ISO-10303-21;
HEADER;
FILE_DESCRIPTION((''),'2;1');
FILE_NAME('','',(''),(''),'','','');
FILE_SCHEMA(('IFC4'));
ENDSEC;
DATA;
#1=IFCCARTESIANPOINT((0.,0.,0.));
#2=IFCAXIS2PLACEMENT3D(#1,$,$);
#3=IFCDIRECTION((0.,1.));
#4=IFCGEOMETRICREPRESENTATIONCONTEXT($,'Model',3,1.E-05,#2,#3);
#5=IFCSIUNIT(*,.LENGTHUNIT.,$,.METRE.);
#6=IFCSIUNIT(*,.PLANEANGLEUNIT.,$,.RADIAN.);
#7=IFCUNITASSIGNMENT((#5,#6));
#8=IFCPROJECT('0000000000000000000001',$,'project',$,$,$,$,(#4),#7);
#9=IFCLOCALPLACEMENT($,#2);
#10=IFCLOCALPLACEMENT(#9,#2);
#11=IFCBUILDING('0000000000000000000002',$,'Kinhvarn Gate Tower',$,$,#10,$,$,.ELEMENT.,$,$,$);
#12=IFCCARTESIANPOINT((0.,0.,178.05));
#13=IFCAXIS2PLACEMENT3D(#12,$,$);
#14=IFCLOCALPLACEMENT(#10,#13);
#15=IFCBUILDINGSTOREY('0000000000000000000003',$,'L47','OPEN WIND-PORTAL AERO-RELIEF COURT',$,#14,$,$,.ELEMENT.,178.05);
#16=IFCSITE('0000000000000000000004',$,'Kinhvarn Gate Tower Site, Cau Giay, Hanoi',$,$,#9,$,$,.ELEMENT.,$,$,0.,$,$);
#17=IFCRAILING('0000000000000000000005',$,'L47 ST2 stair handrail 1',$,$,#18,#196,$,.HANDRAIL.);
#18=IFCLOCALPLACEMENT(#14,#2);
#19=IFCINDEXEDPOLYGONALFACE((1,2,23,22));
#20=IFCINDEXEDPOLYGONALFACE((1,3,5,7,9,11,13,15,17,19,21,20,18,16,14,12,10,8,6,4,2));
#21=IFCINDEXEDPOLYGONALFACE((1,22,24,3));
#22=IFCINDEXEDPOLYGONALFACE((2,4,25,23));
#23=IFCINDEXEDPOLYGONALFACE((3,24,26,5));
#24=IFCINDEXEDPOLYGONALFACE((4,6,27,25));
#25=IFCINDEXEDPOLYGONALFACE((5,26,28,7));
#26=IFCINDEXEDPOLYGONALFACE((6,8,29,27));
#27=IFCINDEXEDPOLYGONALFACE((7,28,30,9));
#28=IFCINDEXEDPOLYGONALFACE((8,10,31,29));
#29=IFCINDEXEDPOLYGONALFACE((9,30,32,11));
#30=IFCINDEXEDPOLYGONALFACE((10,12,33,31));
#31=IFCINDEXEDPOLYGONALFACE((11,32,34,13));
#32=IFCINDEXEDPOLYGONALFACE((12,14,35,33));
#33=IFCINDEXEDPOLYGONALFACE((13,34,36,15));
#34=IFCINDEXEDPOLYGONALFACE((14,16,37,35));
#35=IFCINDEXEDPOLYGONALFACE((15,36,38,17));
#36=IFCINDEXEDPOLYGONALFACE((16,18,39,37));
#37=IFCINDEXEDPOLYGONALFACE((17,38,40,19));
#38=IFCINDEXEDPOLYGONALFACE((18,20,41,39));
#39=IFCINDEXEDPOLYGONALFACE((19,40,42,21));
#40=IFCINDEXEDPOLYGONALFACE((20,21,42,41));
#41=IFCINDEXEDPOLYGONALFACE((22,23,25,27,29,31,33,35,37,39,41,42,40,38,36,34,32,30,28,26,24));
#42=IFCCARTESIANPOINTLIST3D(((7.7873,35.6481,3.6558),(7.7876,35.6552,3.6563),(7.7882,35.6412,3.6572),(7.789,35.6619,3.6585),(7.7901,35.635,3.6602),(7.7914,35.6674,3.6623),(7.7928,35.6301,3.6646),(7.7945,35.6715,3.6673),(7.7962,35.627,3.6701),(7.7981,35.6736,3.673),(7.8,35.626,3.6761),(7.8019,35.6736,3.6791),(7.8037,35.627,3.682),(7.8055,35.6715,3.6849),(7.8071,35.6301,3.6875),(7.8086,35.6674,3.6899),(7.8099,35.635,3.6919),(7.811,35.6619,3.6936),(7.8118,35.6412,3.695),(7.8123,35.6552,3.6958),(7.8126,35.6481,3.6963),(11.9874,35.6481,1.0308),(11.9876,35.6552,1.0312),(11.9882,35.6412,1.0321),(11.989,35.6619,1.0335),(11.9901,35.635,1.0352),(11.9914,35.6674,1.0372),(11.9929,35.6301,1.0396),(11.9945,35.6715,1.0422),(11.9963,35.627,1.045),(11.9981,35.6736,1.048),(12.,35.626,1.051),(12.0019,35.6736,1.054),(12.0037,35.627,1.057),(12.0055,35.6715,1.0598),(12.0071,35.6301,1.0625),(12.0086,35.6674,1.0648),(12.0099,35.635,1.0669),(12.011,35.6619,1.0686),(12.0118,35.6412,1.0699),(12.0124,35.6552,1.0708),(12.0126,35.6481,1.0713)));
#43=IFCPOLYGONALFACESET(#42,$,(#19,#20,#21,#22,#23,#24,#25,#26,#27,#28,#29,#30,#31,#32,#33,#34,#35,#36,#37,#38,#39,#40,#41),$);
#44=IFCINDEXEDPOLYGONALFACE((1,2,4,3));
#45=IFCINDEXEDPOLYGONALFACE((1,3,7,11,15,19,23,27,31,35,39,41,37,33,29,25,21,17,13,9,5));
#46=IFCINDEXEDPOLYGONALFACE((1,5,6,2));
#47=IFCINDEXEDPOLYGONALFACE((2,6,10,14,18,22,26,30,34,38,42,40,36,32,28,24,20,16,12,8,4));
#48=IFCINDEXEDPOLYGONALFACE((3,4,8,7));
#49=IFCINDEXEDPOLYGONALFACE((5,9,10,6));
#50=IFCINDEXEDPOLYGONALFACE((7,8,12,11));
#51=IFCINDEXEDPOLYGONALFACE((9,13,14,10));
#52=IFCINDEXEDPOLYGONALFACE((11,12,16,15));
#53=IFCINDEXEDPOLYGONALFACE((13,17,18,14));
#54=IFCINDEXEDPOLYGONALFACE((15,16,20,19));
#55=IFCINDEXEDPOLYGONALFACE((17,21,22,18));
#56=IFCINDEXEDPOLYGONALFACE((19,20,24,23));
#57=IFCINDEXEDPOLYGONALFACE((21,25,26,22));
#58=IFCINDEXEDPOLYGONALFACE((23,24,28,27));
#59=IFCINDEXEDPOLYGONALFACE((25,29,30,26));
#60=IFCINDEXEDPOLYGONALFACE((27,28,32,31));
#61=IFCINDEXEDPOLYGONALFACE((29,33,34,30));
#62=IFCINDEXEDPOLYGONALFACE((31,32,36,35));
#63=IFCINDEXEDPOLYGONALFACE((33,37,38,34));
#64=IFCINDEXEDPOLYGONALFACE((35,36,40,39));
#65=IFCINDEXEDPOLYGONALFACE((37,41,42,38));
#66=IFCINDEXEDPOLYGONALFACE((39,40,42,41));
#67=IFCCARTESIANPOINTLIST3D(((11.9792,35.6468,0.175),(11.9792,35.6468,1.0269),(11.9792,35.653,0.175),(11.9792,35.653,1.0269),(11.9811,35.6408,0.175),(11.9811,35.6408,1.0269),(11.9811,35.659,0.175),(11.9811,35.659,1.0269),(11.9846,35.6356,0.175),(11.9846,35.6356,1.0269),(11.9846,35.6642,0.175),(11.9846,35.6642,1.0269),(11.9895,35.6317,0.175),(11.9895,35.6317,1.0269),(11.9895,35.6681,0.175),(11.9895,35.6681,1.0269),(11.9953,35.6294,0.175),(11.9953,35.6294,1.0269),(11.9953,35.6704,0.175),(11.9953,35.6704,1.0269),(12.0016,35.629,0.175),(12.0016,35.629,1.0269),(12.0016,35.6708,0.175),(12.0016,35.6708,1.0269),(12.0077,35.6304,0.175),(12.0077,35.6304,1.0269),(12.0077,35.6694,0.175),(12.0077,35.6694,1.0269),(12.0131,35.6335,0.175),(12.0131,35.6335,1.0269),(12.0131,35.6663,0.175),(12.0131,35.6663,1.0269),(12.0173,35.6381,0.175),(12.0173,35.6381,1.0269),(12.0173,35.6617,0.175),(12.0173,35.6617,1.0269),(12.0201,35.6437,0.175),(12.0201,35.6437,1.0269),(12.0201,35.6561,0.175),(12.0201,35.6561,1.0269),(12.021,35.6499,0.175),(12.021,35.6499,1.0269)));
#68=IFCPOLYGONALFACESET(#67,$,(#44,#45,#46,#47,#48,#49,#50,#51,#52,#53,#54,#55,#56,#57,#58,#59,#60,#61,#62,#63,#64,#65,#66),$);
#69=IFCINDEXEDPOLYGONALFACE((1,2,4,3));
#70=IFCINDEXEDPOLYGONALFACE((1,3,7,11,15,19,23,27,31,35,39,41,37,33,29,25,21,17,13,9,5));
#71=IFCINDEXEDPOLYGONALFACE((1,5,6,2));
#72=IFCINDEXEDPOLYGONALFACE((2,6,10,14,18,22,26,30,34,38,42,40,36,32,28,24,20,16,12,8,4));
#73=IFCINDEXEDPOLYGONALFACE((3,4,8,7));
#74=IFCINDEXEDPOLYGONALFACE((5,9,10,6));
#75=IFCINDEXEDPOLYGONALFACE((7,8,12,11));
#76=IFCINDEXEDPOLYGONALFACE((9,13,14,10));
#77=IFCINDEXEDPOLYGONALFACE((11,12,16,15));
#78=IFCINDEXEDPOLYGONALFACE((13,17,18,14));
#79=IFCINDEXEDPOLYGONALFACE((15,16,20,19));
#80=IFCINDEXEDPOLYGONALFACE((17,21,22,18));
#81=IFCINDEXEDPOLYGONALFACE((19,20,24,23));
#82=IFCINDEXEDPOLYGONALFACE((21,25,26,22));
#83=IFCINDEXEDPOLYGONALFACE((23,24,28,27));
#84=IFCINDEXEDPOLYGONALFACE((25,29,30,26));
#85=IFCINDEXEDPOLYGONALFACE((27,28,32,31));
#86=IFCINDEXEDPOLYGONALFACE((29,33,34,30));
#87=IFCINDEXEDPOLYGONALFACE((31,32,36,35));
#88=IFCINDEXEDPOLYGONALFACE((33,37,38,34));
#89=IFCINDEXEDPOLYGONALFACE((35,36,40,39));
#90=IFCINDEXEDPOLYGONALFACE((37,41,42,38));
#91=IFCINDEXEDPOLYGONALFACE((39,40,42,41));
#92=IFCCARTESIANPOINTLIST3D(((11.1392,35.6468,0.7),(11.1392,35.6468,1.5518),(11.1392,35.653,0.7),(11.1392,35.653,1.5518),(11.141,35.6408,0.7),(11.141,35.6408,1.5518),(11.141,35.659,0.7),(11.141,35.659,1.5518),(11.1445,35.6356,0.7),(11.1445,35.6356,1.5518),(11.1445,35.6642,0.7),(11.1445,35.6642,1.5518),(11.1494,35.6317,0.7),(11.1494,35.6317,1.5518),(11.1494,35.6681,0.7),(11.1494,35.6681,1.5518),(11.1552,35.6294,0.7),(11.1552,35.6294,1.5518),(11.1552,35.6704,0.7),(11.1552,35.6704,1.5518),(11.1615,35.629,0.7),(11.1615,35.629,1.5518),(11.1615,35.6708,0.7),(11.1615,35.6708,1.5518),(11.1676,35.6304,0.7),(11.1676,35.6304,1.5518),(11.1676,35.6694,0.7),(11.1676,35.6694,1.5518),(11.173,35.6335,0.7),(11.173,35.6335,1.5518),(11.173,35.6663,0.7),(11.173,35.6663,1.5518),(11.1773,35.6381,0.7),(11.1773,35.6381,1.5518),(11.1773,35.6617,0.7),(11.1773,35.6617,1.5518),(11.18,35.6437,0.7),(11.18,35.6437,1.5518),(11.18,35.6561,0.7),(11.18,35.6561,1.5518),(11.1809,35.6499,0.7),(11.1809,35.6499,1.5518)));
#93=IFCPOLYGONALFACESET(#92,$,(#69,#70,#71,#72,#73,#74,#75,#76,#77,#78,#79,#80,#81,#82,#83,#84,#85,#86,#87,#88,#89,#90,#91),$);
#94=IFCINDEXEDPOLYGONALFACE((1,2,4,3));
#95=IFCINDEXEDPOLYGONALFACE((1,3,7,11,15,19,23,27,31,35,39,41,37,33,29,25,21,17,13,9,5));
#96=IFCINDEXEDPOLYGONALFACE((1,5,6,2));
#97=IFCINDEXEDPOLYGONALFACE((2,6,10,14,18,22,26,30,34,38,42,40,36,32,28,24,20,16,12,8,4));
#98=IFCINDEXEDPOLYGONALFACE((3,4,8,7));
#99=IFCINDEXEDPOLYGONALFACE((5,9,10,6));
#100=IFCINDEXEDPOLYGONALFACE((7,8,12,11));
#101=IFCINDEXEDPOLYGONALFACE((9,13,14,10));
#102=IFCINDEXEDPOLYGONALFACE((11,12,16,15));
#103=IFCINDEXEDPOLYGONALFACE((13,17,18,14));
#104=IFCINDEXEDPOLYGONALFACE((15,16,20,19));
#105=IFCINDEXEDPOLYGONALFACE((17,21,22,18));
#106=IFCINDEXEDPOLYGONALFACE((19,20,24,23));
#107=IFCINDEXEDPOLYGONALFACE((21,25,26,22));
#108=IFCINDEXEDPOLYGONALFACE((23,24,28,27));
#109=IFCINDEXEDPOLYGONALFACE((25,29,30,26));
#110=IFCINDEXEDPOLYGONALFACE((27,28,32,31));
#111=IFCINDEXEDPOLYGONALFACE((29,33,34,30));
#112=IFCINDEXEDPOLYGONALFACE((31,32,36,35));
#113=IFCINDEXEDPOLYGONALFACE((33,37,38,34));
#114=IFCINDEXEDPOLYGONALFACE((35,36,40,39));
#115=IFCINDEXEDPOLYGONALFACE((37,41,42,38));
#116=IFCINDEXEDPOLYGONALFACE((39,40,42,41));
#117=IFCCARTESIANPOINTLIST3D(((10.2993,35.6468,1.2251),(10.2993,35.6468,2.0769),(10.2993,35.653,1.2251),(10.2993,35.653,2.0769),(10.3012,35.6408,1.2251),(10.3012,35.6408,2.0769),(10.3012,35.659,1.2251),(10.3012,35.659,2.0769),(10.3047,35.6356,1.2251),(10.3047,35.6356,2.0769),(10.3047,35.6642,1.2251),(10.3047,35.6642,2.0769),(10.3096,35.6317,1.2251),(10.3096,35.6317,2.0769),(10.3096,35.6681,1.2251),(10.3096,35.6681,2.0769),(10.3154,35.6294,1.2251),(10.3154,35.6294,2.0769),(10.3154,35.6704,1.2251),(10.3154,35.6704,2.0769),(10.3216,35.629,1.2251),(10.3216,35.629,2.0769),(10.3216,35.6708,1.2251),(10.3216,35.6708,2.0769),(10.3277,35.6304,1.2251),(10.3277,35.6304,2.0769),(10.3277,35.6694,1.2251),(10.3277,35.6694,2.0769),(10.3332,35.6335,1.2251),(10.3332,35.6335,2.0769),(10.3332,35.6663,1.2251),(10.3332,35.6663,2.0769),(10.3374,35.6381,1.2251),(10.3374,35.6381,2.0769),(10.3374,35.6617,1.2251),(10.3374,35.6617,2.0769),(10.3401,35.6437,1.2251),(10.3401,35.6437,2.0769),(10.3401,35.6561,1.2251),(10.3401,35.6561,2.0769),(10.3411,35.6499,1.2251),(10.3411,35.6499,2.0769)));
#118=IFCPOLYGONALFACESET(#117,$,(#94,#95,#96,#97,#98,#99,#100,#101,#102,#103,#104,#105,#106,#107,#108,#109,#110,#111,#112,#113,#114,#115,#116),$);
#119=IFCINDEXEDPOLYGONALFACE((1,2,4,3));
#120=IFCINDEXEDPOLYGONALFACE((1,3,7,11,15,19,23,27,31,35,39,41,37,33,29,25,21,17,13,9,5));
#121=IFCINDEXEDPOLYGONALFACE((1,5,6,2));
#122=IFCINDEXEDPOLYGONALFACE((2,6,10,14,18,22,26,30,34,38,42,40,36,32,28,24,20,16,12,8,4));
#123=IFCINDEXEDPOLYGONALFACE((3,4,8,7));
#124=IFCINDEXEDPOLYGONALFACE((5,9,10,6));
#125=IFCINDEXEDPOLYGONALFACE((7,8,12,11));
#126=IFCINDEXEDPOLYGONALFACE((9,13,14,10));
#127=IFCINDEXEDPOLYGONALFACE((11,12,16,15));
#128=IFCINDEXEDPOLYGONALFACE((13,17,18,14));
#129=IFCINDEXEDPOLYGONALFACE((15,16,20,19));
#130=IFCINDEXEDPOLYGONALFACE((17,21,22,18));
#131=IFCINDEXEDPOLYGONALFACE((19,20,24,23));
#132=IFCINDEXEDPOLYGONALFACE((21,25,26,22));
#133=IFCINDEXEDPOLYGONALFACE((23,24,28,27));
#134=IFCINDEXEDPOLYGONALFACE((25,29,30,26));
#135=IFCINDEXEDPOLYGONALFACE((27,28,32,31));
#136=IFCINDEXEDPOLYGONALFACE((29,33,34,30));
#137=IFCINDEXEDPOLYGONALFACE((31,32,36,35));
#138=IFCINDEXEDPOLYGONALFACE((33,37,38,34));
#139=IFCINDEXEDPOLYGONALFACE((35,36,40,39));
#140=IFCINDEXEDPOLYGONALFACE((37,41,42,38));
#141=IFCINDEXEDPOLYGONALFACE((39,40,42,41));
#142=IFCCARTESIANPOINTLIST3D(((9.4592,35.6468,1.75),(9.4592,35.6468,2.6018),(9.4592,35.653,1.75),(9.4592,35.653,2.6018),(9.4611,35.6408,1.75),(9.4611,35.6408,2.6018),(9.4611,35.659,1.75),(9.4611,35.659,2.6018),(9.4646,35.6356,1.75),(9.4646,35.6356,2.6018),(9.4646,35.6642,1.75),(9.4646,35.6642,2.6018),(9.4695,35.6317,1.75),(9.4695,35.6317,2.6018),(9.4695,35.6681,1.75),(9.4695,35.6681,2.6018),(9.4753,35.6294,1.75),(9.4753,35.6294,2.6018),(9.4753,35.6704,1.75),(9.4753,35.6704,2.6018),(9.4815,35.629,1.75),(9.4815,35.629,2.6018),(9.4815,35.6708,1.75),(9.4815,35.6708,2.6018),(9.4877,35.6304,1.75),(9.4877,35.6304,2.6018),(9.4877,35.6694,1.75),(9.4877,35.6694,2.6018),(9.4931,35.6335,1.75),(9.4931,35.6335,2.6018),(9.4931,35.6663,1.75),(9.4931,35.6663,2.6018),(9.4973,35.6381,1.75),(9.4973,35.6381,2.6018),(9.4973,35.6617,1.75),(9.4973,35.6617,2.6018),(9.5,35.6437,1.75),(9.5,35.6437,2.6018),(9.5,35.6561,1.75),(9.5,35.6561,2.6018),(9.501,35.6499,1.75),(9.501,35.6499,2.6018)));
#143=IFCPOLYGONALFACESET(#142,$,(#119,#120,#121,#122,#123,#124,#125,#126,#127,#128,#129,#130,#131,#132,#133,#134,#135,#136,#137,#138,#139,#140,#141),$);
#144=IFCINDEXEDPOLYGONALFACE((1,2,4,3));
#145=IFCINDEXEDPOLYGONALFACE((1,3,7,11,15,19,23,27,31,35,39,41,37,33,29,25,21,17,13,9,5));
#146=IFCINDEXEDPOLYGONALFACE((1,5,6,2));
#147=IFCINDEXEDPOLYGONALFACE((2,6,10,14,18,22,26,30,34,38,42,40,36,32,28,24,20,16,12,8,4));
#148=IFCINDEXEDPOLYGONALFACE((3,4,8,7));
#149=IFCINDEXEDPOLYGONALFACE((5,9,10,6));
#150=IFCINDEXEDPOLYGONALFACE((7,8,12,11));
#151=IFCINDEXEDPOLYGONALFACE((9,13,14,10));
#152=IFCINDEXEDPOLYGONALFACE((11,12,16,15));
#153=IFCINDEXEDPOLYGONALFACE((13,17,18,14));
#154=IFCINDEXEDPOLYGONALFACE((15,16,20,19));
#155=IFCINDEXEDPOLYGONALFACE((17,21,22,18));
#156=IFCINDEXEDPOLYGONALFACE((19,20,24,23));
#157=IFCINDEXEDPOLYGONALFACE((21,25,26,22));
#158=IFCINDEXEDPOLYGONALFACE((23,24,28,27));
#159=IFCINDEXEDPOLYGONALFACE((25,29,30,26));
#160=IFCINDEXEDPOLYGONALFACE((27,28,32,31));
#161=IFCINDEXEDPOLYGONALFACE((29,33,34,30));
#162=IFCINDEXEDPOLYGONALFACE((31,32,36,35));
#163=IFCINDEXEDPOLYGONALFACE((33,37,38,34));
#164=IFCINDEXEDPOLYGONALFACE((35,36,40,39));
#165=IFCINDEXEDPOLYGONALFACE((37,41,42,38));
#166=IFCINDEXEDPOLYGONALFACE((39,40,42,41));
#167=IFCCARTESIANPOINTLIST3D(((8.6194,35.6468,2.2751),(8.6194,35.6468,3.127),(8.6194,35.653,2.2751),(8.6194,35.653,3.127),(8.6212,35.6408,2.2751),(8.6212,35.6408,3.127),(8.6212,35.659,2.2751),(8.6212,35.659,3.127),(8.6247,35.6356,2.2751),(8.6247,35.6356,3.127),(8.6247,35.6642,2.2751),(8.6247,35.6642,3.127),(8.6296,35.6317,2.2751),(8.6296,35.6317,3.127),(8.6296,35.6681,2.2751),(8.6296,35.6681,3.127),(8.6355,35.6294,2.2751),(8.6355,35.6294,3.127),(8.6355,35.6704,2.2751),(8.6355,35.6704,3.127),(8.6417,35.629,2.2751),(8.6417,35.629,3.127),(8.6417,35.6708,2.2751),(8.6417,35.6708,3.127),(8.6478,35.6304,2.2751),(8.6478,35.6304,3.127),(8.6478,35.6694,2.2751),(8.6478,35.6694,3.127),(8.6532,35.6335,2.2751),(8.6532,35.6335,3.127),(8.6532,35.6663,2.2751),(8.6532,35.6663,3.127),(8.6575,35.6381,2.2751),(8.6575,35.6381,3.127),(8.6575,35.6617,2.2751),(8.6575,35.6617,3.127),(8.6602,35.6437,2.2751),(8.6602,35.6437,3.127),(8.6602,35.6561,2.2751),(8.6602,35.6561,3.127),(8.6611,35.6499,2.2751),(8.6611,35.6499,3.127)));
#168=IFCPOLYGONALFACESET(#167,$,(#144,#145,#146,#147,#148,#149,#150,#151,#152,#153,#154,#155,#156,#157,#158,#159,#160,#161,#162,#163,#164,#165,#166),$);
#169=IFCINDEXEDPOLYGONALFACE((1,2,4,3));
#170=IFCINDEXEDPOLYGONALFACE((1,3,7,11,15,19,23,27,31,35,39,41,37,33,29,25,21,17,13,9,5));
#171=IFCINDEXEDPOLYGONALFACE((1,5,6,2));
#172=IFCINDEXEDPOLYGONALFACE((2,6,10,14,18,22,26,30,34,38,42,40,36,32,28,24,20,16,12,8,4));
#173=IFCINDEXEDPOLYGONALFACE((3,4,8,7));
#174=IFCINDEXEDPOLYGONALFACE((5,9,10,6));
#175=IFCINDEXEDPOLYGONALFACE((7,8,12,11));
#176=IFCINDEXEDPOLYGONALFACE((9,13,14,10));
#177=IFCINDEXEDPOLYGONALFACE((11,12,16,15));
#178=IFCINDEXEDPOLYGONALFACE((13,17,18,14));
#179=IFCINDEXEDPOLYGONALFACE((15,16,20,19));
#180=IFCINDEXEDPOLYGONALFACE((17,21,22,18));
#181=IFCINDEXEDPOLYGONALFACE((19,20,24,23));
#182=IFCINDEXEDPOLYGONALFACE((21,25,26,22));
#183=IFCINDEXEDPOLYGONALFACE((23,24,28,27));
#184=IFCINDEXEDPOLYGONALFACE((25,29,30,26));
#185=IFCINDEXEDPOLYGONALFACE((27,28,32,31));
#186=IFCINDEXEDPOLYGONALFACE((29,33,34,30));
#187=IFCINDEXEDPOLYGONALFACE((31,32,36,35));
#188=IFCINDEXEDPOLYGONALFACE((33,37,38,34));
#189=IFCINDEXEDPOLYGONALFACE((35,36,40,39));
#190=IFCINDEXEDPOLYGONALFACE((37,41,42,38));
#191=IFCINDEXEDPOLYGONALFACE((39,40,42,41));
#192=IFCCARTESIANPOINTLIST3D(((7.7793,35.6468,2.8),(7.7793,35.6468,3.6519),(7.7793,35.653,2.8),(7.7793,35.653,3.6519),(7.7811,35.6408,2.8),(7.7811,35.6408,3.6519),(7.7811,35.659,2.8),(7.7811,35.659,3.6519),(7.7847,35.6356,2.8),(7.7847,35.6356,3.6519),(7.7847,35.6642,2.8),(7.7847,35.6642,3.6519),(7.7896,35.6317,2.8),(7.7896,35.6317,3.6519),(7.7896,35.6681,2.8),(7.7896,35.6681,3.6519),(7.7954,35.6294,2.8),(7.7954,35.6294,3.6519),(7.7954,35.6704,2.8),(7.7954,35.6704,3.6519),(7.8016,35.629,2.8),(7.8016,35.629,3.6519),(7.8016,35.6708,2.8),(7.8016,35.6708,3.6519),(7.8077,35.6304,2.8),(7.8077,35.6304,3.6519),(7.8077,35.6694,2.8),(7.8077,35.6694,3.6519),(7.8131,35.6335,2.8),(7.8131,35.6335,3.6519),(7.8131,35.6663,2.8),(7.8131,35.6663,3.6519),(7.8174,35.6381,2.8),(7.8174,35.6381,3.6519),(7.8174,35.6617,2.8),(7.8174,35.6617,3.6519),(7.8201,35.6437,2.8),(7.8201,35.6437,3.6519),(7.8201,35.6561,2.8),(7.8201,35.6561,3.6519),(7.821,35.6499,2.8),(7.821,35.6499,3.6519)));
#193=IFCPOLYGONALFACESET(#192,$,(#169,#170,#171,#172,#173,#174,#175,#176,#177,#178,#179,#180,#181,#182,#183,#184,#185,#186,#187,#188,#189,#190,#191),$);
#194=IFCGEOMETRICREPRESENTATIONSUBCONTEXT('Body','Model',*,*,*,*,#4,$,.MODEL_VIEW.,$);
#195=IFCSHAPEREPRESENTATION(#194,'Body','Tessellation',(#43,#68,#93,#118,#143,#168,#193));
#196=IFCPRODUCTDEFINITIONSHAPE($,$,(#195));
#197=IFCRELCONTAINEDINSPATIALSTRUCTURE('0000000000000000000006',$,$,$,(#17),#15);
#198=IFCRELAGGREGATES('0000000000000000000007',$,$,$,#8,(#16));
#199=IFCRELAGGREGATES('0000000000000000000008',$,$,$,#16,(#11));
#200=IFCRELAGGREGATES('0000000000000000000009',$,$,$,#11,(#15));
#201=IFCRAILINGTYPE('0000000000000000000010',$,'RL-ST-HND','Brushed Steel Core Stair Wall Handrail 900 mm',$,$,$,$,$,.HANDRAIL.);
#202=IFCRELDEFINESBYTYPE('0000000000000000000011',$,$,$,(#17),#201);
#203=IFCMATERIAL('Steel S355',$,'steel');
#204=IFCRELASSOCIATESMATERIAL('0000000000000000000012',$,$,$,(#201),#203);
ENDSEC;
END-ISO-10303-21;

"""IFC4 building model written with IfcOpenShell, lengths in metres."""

from ifc_helpers import new_model, si_unit, direction, frame, origin, origin_2d, place, context, subcontext, project, spatial, circle, extrude, material, type_object, element, save


model = new_model("IFC4")

# Units and contexts
model_context = context("Model", 3, precision=1e-05, world=origin(), true_north=direction((0.0, 1.0)))
body_context = subcontext(model_context, "Body", "Model", "MODEL_VIEW")
ifc_project = project(units=[si_unit("LENGTHUNIT", "METRE"), si_unit("PLANEANGLEUNIT", "RADIAN")], contexts=[model_context])

# Site, building, storey
site_placement = place(None, origin())
site = spatial("IfcSite", under=ifc_project, at=site_placement, Name="Kinhvarn Gate Tower Site, Cau Giay, Hanoi", CompositionType="ELEMENT", RefElevation=0.0)
building_placement = place(site_placement, origin())
building = spatial("IfcBuilding", under=site, at=building_placement, Name="Kinhvarn Gate Tower", CompositionType="ELEMENT")
storey_placement = place(building_placement, frame((0.0, 0.0, 178.05)))
storey = spatial("IfcBuildingStorey", under=building, at=storey_placement, Name="L47", Description="OPEN WIND-PORTAL AERO-RELIEF COURT", CompositionType="ELEMENT", Elevation=178.05)

# Shared definitions
ifc_material_1 = material(Name="Steel S355", Category="steel")

# Railing
railing_type_1 = type_object("IfcRailingType", Name="RL-ST-HND", Description="Brushed Steel Core Stair Wall Handrail 900 mm", PredefinedType="HANDRAIL", material=ifc_material_1)
railing_1_placement = place(storey_placement, frame((12.0, 35.6499, 0.175)))
element("IfcRailing", 1, at=railing_1_placement, inside=storey, type_object=railing_type_1, Name="L47 ST2 stair handrail 1", PredefinedType="HANDRAIL", context=body_context, shape_type="SweptSolid", body=[
    extrude(circle(Radius=0.0239, at=origin_2d()), frame((0.0, 0.0, 0.876), z_axis=(-0.847996, 0.0, 0.530003), x_axis=(0.0, -1.0, 0.0)), (0.0, 0.0, 1.0), 4.9529),
    extrude(circle(Radius=0.021, at=origin_2d()), origin(), (0.0, 0.0, 1.0), 0.8518),
    extrude(circle(Radius=0.021, at=origin_2d()), frame((-0.8401, 0.0, 0.5249)), (0.0, 0.0, 1.0), 0.8518),
    extrude(circle(Radius=0.021, at=origin_2d()), frame((-1.6799, 0.0, 1.05)), (0.0, 0.0, 1.0), 0.8518),
    extrude(circle(Radius=0.021, at=origin_2d()), frame((-2.52, 0.0, 1.575)), (0.0, 0.0, 1.0), 0.8518),
    extrude(circle(Radius=0.021, at=origin_2d()), frame((-3.3599, 0.0, 2.1001)), (0.0, 0.0, 1.0), 0.8518),
    extrude(circle(Radius=0.021, at=origin_2d()), frame((-4.2, 0.0, 2.625)), (0.0, 0.0, 1.0), 0.8518),
])

save(model, "model.ifc")
